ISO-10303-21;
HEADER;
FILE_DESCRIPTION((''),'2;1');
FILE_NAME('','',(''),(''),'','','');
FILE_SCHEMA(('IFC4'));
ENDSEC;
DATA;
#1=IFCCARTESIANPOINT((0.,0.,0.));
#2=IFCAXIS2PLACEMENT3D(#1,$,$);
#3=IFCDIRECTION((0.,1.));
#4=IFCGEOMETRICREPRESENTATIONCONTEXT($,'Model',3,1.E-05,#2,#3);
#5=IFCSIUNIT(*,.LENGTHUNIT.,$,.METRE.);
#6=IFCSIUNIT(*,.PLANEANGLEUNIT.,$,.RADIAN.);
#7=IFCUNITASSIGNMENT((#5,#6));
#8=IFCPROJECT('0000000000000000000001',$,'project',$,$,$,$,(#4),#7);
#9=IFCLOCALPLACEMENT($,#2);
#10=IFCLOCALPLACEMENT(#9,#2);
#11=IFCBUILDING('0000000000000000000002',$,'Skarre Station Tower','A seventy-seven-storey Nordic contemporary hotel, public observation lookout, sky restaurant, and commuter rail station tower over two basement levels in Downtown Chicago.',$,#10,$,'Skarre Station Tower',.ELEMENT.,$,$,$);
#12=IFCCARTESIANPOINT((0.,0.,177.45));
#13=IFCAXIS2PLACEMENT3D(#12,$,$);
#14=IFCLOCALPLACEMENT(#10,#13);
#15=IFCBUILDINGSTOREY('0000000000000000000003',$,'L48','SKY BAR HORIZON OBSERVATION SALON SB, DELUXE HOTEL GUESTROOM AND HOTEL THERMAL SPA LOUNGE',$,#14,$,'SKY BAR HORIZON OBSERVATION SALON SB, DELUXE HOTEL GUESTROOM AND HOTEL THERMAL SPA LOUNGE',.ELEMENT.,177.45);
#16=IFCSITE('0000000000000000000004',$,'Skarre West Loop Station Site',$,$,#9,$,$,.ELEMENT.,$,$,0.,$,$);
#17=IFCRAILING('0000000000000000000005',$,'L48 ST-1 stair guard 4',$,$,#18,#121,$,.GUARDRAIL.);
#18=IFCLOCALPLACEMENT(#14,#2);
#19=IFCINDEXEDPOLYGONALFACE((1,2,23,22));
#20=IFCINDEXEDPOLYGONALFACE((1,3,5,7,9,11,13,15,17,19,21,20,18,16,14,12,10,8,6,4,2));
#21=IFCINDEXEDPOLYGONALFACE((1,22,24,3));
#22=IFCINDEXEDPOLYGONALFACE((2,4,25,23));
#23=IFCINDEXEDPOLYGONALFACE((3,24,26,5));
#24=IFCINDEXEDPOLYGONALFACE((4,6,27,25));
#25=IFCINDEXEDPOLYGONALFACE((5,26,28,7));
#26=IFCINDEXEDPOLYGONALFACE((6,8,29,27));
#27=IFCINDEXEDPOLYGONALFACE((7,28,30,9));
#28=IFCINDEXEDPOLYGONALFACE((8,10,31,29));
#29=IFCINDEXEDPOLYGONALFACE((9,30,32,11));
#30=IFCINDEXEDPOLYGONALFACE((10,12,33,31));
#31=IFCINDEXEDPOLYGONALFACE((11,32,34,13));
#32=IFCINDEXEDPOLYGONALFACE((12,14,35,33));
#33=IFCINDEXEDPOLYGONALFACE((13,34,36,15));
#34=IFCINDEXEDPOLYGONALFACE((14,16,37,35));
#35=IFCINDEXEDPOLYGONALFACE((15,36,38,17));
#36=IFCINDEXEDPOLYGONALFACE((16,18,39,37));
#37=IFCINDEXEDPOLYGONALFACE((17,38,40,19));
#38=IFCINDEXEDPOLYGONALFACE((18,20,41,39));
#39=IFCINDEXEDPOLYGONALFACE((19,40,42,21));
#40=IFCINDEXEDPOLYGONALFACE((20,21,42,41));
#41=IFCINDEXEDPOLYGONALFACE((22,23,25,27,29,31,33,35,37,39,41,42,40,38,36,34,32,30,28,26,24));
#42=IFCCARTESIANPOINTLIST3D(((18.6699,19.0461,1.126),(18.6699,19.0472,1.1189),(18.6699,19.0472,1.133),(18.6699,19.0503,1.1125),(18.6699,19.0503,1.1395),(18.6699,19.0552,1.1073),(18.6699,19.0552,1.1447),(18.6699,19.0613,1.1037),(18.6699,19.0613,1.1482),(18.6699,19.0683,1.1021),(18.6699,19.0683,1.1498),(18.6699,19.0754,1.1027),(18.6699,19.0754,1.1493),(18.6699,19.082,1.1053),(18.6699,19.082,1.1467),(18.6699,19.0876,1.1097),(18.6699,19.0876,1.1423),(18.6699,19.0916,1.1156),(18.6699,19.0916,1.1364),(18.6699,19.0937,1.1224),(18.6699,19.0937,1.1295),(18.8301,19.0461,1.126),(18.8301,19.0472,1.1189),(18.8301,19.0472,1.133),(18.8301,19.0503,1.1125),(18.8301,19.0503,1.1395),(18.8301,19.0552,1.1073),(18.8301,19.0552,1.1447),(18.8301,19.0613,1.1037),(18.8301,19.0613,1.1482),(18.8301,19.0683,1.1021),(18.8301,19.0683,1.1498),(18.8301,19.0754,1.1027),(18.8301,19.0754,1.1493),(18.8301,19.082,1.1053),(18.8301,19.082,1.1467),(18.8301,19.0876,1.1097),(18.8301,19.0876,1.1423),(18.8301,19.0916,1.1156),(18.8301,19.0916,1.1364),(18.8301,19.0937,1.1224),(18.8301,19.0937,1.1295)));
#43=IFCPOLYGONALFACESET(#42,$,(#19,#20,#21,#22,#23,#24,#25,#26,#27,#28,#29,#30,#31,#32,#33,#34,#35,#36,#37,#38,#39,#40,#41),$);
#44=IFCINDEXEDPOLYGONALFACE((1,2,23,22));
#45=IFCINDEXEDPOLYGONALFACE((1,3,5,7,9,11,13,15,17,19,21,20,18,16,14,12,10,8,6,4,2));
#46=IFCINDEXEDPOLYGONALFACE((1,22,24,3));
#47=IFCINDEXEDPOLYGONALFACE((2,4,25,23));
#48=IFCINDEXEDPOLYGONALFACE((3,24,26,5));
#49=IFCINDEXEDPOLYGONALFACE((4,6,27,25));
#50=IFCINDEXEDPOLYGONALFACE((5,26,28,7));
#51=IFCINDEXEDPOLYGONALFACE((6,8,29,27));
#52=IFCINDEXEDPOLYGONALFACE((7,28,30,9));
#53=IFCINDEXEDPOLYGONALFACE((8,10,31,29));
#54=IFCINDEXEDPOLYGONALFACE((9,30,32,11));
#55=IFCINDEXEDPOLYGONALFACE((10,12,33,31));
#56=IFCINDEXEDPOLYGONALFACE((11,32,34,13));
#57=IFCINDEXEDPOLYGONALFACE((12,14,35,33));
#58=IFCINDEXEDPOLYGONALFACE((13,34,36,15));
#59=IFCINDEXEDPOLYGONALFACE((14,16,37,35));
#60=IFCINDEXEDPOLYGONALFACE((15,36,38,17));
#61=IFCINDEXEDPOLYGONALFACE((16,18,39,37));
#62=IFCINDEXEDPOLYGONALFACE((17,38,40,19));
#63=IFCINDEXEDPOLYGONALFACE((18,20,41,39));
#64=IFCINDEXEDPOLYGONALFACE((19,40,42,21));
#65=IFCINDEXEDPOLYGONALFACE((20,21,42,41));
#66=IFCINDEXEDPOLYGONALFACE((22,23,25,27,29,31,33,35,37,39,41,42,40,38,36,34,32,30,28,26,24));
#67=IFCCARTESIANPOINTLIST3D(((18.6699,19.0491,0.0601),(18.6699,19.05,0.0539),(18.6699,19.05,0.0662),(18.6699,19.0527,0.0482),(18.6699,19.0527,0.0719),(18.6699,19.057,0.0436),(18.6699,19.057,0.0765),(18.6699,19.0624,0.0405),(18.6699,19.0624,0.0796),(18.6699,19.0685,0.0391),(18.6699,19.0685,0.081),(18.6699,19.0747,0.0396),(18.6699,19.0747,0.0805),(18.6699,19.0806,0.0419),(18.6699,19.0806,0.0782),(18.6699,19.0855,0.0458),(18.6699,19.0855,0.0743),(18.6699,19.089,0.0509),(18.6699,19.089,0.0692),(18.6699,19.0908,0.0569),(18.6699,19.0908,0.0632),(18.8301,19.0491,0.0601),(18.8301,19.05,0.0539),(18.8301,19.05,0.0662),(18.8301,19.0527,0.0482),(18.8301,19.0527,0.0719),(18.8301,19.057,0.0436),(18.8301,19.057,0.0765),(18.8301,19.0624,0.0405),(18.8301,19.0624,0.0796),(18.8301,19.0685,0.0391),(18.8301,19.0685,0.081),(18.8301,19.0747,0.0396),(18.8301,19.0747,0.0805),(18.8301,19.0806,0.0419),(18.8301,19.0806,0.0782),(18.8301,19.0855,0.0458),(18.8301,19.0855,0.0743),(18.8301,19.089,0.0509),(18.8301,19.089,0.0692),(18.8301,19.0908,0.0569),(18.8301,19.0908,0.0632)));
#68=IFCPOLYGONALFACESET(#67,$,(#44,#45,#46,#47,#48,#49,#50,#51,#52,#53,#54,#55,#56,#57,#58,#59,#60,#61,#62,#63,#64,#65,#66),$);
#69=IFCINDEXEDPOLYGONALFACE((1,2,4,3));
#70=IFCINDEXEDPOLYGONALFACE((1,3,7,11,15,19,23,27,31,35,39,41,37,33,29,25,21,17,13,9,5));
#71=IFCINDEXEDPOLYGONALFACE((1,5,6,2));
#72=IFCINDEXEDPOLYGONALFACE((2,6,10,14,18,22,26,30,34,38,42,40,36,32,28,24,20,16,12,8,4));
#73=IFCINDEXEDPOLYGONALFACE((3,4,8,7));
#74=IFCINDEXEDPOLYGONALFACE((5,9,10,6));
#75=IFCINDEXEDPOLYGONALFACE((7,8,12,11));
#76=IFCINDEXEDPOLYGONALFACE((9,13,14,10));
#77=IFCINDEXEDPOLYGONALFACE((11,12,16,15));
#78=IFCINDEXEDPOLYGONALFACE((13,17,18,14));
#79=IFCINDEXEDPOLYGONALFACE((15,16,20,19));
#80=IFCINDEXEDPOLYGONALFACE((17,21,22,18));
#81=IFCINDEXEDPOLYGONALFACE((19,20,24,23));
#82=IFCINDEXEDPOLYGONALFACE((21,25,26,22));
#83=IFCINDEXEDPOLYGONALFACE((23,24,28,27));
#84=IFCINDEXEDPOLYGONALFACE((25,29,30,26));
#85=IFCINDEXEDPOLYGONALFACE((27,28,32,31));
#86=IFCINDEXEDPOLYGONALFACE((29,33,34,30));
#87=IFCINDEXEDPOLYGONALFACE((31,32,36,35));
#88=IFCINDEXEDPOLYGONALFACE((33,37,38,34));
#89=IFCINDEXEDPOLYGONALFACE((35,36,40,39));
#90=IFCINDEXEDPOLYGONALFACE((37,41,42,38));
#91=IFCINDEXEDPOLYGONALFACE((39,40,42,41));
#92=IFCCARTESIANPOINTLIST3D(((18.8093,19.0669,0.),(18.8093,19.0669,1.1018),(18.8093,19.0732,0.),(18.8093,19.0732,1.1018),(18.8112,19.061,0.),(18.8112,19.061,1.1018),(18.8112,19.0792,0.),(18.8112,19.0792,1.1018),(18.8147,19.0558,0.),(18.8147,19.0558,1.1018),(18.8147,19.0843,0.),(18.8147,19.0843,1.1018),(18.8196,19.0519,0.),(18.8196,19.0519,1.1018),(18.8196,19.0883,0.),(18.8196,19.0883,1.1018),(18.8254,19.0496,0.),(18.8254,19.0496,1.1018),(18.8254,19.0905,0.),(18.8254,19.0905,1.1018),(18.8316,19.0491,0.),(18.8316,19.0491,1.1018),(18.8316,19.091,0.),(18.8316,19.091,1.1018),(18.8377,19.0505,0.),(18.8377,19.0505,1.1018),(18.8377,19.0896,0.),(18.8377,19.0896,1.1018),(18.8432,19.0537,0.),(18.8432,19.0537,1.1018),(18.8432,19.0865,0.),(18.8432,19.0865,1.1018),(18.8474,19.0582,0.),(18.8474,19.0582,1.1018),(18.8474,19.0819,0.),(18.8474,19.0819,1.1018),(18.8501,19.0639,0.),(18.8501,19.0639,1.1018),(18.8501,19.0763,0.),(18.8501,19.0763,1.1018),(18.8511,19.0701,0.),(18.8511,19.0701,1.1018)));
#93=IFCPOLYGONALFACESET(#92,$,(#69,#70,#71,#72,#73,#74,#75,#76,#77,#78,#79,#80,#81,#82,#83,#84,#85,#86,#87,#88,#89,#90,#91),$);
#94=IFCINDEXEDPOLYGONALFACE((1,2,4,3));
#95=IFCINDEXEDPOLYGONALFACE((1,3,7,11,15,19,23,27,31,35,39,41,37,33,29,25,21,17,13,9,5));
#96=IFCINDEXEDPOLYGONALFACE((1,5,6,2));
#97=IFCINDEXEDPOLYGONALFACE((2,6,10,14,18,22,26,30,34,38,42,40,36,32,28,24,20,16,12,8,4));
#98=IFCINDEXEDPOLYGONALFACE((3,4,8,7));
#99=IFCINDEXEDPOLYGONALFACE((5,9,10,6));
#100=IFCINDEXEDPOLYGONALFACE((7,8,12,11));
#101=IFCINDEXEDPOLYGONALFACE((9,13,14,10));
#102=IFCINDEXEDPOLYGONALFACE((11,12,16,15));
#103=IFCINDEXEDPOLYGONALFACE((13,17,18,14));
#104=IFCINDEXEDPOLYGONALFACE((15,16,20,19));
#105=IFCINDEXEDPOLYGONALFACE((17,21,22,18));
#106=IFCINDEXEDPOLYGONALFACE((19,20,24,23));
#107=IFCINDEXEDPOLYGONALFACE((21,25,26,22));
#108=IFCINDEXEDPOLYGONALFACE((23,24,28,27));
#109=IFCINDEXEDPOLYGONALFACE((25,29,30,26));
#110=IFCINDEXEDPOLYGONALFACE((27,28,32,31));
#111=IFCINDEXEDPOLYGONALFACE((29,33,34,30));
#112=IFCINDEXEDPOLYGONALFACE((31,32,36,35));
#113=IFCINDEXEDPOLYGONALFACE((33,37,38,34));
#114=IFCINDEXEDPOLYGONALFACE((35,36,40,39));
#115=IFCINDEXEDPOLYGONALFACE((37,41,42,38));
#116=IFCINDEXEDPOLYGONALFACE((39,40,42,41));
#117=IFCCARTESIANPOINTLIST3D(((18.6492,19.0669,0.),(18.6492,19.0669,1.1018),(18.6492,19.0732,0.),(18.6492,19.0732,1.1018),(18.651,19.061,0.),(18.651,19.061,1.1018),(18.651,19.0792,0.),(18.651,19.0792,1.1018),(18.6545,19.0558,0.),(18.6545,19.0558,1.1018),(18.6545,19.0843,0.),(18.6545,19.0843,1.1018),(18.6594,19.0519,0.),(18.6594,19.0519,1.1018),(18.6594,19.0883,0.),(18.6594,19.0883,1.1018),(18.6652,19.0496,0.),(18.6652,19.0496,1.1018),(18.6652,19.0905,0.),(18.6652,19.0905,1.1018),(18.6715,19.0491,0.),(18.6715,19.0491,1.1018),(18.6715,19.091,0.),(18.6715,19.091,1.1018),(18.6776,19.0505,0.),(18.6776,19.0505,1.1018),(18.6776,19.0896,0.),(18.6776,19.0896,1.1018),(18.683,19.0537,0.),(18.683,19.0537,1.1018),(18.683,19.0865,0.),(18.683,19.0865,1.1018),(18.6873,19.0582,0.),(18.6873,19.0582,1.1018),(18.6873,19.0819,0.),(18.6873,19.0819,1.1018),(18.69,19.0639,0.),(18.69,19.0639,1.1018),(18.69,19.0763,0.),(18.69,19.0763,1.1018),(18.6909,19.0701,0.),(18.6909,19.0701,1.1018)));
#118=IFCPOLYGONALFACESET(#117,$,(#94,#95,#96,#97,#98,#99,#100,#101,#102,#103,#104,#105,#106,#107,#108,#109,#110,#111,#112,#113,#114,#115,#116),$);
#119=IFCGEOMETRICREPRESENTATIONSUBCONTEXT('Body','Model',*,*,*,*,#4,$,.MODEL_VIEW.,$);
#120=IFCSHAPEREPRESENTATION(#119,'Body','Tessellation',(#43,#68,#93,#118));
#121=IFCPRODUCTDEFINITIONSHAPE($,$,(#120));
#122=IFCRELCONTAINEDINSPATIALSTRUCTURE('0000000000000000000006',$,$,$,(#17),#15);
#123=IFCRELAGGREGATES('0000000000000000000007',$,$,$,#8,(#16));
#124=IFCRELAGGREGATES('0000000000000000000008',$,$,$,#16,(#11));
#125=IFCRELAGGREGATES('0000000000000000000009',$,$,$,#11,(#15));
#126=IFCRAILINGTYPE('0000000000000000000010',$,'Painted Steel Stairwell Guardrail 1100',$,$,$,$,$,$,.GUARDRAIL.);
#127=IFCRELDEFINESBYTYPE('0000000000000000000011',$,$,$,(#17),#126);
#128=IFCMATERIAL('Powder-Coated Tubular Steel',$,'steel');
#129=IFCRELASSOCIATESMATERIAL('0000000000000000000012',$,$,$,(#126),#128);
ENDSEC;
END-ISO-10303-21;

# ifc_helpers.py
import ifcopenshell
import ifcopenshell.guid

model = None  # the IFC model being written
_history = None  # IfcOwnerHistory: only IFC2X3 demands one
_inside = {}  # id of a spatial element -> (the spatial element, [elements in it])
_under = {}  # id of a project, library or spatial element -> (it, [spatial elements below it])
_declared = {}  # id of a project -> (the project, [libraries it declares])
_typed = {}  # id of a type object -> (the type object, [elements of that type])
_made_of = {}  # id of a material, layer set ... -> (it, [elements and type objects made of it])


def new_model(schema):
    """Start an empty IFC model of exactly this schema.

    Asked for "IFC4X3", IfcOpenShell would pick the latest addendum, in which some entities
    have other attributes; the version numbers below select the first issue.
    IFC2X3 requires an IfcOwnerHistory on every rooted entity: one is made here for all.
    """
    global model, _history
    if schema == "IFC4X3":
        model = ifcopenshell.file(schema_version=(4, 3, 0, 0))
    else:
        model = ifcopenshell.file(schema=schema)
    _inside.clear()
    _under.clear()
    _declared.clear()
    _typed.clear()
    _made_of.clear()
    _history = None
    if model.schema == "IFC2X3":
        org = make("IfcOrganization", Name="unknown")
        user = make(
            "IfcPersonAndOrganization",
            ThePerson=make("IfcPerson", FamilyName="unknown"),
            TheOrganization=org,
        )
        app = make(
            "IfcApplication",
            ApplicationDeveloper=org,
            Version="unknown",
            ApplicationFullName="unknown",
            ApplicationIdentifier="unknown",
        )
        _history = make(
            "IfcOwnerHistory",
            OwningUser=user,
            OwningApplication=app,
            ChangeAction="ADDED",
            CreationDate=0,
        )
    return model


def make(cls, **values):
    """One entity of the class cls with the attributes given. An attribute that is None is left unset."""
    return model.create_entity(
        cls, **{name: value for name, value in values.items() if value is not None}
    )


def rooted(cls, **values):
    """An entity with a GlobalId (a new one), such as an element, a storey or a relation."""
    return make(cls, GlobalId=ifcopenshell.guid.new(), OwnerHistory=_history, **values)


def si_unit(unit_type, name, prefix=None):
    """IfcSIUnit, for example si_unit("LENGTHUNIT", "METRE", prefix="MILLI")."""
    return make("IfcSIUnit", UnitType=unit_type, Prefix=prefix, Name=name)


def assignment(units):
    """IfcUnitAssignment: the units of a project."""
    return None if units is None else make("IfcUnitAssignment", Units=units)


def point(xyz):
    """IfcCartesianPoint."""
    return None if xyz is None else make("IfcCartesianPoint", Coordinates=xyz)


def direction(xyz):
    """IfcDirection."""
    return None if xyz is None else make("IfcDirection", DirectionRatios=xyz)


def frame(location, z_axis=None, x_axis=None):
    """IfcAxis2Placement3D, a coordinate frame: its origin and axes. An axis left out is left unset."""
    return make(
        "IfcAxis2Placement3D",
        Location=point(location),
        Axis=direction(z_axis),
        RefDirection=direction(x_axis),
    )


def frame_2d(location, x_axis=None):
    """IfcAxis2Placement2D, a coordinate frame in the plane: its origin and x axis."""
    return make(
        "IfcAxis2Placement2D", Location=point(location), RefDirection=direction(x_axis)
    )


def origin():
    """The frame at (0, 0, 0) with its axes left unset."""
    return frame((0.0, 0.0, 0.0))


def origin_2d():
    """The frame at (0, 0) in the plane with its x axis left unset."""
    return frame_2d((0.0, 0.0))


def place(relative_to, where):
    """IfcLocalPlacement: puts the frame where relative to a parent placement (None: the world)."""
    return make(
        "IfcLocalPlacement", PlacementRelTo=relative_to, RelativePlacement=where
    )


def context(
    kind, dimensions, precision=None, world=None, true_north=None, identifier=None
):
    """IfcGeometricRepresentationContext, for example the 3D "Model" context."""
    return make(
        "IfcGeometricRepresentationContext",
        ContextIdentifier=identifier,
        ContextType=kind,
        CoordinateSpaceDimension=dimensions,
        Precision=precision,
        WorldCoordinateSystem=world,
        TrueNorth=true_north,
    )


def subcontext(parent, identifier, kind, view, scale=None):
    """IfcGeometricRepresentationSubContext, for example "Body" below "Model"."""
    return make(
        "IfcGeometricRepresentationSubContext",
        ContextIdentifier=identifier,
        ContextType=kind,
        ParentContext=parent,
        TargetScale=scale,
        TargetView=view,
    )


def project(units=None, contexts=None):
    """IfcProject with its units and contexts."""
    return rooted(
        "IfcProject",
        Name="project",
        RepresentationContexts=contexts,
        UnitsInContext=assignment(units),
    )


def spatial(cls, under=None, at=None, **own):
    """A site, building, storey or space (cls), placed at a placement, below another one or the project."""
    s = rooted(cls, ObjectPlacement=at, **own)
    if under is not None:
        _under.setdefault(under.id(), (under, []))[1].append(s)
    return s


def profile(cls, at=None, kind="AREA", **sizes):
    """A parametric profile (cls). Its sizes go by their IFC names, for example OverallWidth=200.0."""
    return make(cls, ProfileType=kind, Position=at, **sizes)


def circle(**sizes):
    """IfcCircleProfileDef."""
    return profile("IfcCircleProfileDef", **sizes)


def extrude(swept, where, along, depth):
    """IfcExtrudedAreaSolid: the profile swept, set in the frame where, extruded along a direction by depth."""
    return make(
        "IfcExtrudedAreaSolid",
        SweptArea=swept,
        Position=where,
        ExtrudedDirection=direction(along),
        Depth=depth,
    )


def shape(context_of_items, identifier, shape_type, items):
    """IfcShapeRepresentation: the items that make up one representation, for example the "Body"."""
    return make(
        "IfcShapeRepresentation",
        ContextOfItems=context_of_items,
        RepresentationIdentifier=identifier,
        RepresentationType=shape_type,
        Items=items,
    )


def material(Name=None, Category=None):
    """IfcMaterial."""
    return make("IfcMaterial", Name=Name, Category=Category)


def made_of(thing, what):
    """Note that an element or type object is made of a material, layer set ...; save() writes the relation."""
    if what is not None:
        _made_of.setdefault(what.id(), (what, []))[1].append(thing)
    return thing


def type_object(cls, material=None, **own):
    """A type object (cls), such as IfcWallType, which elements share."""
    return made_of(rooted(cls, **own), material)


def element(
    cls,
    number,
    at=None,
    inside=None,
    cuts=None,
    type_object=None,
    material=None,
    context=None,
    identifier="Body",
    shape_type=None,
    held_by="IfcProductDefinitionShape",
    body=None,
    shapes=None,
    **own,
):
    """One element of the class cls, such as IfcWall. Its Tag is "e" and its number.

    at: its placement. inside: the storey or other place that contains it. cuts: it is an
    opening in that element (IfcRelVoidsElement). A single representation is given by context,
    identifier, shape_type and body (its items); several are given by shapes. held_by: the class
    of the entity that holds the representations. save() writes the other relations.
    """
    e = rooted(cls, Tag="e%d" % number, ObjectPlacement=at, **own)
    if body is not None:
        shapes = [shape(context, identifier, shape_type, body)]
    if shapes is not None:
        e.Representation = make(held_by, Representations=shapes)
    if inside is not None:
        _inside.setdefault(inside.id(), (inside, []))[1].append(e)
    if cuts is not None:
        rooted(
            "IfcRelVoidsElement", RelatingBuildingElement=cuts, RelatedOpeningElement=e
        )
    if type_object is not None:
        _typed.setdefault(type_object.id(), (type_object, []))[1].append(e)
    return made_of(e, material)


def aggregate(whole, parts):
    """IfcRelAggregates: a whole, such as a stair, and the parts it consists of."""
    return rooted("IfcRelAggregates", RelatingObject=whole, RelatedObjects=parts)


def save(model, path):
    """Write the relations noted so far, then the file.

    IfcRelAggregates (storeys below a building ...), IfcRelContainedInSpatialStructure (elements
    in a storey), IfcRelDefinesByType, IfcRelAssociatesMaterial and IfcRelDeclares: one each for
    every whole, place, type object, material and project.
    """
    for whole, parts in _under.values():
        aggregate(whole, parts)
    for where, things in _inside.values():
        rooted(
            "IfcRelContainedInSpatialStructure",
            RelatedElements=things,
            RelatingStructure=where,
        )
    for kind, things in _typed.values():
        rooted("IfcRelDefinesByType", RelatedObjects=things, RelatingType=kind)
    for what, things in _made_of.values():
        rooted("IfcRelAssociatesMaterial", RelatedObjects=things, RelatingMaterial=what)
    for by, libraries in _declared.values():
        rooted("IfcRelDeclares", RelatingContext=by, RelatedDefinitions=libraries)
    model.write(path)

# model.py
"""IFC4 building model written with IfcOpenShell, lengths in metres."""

from ifc_helpers import new_model, si_unit, direction, frame, origin, origin_2d, place, context, subcontext, project, spatial, circle, extrude, material, type_object, element, save


model = new_model("IFC4")

# Units and contexts
model_context = context("Model", 3, precision=1e-05, world=origin(), true_north=direction((0.0, 1.0)))
body_context = subcontext(model_context, "Body", "Model", "MODEL_VIEW")
ifc_project = project(units=[si_unit("LENGTHUNIT", "METRE"), si_unit("PLANEANGLEUNIT", "RADIAN")], contexts=[model_context])

# Site, building, storey
site_placement = place(None, origin())
site = spatial("IfcSite", under=ifc_project, at=site_placement, Name="Skarre West Loop Station Site", CompositionType="ELEMENT", RefElevation=0.0)
building_placement = place(site_placement, origin())
building = spatial("IfcBuilding", under=site, at=building_placement, Name="Skarre Station Tower", Description="A seventy-seven-storey Nordic contemporary hotel, public observation lookout, sky restaurant, and commuter rail station tower over two basement levels in Downtown Chicago.", LongName="Skarre Station Tower", CompositionType="ELEMENT")
storey_placement = place(building_placement, frame((0.0, 0.0, 177.45)))
storey = spatial("IfcBuildingStorey", under=building, at=storey_placement, Name="L48", Description="SKY BAR HORIZON OBSERVATION SALON SB, DELUXE HOTEL GUESTROOM AND HOTEL THERMAL SPA LOUNGE", LongName="SKY BAR HORIZON OBSERVATION SALON SB, DELUXE HOTEL GUESTROOM AND HOTEL THERMAL SPA LOUNGE", CompositionType="ELEMENT", Elevation=177.45)

# Railing
ifc_material_1 = material(Name="Powder-Coated Tubular Steel", Category="steel")
railing_type_1 = type_object("IfcRailingType", Name="Painted Steel Stairwell Guardrail 1100", PredefinedType="GUARDRAIL", material=ifc_material_1)
railing_1_placement = place(storey_placement, frame((18.8301, 19.0701, 0.0)))
element("IfcRailing", 1, at=railing_1_placement, inside=storey, type_object=railing_type_1, Name="L48 ST-1 stair guard 4", PredefinedType="GUARDRAIL", context=body_context, shape_type="SweptSolid", body=[
    extrude(circle(Radius=0.0239, at=origin_2d()), frame((0.0, 0.0, 1.126), z_axis=(-1.0, 0.0, 0.0), x_axis=(0.0, -1.0, 0.0)), (0.0, 0.0, 1.0), 0.1602),
    extrude(circle(Radius=0.021, at=origin_2d()), frame((0.0, 0.0, 0.0601), z_axis=(-1.0, 0.0, 0.0), x_axis=(0.0, -1.0, 0.0)), (0.0, 0.0, 1.0), 0.1602),
    extrude(circle(Radius=0.021, at=origin_2d()), origin(), (0.0, 0.0, 1.0), 1.1018),
    extrude(circle(Radius=0.021, at=origin_2d()), frame((-0.1602, 0.0, 0.0)), (0.0, 0.0, 1.0), 1.1018),
])

save(model, "model.ifc")
